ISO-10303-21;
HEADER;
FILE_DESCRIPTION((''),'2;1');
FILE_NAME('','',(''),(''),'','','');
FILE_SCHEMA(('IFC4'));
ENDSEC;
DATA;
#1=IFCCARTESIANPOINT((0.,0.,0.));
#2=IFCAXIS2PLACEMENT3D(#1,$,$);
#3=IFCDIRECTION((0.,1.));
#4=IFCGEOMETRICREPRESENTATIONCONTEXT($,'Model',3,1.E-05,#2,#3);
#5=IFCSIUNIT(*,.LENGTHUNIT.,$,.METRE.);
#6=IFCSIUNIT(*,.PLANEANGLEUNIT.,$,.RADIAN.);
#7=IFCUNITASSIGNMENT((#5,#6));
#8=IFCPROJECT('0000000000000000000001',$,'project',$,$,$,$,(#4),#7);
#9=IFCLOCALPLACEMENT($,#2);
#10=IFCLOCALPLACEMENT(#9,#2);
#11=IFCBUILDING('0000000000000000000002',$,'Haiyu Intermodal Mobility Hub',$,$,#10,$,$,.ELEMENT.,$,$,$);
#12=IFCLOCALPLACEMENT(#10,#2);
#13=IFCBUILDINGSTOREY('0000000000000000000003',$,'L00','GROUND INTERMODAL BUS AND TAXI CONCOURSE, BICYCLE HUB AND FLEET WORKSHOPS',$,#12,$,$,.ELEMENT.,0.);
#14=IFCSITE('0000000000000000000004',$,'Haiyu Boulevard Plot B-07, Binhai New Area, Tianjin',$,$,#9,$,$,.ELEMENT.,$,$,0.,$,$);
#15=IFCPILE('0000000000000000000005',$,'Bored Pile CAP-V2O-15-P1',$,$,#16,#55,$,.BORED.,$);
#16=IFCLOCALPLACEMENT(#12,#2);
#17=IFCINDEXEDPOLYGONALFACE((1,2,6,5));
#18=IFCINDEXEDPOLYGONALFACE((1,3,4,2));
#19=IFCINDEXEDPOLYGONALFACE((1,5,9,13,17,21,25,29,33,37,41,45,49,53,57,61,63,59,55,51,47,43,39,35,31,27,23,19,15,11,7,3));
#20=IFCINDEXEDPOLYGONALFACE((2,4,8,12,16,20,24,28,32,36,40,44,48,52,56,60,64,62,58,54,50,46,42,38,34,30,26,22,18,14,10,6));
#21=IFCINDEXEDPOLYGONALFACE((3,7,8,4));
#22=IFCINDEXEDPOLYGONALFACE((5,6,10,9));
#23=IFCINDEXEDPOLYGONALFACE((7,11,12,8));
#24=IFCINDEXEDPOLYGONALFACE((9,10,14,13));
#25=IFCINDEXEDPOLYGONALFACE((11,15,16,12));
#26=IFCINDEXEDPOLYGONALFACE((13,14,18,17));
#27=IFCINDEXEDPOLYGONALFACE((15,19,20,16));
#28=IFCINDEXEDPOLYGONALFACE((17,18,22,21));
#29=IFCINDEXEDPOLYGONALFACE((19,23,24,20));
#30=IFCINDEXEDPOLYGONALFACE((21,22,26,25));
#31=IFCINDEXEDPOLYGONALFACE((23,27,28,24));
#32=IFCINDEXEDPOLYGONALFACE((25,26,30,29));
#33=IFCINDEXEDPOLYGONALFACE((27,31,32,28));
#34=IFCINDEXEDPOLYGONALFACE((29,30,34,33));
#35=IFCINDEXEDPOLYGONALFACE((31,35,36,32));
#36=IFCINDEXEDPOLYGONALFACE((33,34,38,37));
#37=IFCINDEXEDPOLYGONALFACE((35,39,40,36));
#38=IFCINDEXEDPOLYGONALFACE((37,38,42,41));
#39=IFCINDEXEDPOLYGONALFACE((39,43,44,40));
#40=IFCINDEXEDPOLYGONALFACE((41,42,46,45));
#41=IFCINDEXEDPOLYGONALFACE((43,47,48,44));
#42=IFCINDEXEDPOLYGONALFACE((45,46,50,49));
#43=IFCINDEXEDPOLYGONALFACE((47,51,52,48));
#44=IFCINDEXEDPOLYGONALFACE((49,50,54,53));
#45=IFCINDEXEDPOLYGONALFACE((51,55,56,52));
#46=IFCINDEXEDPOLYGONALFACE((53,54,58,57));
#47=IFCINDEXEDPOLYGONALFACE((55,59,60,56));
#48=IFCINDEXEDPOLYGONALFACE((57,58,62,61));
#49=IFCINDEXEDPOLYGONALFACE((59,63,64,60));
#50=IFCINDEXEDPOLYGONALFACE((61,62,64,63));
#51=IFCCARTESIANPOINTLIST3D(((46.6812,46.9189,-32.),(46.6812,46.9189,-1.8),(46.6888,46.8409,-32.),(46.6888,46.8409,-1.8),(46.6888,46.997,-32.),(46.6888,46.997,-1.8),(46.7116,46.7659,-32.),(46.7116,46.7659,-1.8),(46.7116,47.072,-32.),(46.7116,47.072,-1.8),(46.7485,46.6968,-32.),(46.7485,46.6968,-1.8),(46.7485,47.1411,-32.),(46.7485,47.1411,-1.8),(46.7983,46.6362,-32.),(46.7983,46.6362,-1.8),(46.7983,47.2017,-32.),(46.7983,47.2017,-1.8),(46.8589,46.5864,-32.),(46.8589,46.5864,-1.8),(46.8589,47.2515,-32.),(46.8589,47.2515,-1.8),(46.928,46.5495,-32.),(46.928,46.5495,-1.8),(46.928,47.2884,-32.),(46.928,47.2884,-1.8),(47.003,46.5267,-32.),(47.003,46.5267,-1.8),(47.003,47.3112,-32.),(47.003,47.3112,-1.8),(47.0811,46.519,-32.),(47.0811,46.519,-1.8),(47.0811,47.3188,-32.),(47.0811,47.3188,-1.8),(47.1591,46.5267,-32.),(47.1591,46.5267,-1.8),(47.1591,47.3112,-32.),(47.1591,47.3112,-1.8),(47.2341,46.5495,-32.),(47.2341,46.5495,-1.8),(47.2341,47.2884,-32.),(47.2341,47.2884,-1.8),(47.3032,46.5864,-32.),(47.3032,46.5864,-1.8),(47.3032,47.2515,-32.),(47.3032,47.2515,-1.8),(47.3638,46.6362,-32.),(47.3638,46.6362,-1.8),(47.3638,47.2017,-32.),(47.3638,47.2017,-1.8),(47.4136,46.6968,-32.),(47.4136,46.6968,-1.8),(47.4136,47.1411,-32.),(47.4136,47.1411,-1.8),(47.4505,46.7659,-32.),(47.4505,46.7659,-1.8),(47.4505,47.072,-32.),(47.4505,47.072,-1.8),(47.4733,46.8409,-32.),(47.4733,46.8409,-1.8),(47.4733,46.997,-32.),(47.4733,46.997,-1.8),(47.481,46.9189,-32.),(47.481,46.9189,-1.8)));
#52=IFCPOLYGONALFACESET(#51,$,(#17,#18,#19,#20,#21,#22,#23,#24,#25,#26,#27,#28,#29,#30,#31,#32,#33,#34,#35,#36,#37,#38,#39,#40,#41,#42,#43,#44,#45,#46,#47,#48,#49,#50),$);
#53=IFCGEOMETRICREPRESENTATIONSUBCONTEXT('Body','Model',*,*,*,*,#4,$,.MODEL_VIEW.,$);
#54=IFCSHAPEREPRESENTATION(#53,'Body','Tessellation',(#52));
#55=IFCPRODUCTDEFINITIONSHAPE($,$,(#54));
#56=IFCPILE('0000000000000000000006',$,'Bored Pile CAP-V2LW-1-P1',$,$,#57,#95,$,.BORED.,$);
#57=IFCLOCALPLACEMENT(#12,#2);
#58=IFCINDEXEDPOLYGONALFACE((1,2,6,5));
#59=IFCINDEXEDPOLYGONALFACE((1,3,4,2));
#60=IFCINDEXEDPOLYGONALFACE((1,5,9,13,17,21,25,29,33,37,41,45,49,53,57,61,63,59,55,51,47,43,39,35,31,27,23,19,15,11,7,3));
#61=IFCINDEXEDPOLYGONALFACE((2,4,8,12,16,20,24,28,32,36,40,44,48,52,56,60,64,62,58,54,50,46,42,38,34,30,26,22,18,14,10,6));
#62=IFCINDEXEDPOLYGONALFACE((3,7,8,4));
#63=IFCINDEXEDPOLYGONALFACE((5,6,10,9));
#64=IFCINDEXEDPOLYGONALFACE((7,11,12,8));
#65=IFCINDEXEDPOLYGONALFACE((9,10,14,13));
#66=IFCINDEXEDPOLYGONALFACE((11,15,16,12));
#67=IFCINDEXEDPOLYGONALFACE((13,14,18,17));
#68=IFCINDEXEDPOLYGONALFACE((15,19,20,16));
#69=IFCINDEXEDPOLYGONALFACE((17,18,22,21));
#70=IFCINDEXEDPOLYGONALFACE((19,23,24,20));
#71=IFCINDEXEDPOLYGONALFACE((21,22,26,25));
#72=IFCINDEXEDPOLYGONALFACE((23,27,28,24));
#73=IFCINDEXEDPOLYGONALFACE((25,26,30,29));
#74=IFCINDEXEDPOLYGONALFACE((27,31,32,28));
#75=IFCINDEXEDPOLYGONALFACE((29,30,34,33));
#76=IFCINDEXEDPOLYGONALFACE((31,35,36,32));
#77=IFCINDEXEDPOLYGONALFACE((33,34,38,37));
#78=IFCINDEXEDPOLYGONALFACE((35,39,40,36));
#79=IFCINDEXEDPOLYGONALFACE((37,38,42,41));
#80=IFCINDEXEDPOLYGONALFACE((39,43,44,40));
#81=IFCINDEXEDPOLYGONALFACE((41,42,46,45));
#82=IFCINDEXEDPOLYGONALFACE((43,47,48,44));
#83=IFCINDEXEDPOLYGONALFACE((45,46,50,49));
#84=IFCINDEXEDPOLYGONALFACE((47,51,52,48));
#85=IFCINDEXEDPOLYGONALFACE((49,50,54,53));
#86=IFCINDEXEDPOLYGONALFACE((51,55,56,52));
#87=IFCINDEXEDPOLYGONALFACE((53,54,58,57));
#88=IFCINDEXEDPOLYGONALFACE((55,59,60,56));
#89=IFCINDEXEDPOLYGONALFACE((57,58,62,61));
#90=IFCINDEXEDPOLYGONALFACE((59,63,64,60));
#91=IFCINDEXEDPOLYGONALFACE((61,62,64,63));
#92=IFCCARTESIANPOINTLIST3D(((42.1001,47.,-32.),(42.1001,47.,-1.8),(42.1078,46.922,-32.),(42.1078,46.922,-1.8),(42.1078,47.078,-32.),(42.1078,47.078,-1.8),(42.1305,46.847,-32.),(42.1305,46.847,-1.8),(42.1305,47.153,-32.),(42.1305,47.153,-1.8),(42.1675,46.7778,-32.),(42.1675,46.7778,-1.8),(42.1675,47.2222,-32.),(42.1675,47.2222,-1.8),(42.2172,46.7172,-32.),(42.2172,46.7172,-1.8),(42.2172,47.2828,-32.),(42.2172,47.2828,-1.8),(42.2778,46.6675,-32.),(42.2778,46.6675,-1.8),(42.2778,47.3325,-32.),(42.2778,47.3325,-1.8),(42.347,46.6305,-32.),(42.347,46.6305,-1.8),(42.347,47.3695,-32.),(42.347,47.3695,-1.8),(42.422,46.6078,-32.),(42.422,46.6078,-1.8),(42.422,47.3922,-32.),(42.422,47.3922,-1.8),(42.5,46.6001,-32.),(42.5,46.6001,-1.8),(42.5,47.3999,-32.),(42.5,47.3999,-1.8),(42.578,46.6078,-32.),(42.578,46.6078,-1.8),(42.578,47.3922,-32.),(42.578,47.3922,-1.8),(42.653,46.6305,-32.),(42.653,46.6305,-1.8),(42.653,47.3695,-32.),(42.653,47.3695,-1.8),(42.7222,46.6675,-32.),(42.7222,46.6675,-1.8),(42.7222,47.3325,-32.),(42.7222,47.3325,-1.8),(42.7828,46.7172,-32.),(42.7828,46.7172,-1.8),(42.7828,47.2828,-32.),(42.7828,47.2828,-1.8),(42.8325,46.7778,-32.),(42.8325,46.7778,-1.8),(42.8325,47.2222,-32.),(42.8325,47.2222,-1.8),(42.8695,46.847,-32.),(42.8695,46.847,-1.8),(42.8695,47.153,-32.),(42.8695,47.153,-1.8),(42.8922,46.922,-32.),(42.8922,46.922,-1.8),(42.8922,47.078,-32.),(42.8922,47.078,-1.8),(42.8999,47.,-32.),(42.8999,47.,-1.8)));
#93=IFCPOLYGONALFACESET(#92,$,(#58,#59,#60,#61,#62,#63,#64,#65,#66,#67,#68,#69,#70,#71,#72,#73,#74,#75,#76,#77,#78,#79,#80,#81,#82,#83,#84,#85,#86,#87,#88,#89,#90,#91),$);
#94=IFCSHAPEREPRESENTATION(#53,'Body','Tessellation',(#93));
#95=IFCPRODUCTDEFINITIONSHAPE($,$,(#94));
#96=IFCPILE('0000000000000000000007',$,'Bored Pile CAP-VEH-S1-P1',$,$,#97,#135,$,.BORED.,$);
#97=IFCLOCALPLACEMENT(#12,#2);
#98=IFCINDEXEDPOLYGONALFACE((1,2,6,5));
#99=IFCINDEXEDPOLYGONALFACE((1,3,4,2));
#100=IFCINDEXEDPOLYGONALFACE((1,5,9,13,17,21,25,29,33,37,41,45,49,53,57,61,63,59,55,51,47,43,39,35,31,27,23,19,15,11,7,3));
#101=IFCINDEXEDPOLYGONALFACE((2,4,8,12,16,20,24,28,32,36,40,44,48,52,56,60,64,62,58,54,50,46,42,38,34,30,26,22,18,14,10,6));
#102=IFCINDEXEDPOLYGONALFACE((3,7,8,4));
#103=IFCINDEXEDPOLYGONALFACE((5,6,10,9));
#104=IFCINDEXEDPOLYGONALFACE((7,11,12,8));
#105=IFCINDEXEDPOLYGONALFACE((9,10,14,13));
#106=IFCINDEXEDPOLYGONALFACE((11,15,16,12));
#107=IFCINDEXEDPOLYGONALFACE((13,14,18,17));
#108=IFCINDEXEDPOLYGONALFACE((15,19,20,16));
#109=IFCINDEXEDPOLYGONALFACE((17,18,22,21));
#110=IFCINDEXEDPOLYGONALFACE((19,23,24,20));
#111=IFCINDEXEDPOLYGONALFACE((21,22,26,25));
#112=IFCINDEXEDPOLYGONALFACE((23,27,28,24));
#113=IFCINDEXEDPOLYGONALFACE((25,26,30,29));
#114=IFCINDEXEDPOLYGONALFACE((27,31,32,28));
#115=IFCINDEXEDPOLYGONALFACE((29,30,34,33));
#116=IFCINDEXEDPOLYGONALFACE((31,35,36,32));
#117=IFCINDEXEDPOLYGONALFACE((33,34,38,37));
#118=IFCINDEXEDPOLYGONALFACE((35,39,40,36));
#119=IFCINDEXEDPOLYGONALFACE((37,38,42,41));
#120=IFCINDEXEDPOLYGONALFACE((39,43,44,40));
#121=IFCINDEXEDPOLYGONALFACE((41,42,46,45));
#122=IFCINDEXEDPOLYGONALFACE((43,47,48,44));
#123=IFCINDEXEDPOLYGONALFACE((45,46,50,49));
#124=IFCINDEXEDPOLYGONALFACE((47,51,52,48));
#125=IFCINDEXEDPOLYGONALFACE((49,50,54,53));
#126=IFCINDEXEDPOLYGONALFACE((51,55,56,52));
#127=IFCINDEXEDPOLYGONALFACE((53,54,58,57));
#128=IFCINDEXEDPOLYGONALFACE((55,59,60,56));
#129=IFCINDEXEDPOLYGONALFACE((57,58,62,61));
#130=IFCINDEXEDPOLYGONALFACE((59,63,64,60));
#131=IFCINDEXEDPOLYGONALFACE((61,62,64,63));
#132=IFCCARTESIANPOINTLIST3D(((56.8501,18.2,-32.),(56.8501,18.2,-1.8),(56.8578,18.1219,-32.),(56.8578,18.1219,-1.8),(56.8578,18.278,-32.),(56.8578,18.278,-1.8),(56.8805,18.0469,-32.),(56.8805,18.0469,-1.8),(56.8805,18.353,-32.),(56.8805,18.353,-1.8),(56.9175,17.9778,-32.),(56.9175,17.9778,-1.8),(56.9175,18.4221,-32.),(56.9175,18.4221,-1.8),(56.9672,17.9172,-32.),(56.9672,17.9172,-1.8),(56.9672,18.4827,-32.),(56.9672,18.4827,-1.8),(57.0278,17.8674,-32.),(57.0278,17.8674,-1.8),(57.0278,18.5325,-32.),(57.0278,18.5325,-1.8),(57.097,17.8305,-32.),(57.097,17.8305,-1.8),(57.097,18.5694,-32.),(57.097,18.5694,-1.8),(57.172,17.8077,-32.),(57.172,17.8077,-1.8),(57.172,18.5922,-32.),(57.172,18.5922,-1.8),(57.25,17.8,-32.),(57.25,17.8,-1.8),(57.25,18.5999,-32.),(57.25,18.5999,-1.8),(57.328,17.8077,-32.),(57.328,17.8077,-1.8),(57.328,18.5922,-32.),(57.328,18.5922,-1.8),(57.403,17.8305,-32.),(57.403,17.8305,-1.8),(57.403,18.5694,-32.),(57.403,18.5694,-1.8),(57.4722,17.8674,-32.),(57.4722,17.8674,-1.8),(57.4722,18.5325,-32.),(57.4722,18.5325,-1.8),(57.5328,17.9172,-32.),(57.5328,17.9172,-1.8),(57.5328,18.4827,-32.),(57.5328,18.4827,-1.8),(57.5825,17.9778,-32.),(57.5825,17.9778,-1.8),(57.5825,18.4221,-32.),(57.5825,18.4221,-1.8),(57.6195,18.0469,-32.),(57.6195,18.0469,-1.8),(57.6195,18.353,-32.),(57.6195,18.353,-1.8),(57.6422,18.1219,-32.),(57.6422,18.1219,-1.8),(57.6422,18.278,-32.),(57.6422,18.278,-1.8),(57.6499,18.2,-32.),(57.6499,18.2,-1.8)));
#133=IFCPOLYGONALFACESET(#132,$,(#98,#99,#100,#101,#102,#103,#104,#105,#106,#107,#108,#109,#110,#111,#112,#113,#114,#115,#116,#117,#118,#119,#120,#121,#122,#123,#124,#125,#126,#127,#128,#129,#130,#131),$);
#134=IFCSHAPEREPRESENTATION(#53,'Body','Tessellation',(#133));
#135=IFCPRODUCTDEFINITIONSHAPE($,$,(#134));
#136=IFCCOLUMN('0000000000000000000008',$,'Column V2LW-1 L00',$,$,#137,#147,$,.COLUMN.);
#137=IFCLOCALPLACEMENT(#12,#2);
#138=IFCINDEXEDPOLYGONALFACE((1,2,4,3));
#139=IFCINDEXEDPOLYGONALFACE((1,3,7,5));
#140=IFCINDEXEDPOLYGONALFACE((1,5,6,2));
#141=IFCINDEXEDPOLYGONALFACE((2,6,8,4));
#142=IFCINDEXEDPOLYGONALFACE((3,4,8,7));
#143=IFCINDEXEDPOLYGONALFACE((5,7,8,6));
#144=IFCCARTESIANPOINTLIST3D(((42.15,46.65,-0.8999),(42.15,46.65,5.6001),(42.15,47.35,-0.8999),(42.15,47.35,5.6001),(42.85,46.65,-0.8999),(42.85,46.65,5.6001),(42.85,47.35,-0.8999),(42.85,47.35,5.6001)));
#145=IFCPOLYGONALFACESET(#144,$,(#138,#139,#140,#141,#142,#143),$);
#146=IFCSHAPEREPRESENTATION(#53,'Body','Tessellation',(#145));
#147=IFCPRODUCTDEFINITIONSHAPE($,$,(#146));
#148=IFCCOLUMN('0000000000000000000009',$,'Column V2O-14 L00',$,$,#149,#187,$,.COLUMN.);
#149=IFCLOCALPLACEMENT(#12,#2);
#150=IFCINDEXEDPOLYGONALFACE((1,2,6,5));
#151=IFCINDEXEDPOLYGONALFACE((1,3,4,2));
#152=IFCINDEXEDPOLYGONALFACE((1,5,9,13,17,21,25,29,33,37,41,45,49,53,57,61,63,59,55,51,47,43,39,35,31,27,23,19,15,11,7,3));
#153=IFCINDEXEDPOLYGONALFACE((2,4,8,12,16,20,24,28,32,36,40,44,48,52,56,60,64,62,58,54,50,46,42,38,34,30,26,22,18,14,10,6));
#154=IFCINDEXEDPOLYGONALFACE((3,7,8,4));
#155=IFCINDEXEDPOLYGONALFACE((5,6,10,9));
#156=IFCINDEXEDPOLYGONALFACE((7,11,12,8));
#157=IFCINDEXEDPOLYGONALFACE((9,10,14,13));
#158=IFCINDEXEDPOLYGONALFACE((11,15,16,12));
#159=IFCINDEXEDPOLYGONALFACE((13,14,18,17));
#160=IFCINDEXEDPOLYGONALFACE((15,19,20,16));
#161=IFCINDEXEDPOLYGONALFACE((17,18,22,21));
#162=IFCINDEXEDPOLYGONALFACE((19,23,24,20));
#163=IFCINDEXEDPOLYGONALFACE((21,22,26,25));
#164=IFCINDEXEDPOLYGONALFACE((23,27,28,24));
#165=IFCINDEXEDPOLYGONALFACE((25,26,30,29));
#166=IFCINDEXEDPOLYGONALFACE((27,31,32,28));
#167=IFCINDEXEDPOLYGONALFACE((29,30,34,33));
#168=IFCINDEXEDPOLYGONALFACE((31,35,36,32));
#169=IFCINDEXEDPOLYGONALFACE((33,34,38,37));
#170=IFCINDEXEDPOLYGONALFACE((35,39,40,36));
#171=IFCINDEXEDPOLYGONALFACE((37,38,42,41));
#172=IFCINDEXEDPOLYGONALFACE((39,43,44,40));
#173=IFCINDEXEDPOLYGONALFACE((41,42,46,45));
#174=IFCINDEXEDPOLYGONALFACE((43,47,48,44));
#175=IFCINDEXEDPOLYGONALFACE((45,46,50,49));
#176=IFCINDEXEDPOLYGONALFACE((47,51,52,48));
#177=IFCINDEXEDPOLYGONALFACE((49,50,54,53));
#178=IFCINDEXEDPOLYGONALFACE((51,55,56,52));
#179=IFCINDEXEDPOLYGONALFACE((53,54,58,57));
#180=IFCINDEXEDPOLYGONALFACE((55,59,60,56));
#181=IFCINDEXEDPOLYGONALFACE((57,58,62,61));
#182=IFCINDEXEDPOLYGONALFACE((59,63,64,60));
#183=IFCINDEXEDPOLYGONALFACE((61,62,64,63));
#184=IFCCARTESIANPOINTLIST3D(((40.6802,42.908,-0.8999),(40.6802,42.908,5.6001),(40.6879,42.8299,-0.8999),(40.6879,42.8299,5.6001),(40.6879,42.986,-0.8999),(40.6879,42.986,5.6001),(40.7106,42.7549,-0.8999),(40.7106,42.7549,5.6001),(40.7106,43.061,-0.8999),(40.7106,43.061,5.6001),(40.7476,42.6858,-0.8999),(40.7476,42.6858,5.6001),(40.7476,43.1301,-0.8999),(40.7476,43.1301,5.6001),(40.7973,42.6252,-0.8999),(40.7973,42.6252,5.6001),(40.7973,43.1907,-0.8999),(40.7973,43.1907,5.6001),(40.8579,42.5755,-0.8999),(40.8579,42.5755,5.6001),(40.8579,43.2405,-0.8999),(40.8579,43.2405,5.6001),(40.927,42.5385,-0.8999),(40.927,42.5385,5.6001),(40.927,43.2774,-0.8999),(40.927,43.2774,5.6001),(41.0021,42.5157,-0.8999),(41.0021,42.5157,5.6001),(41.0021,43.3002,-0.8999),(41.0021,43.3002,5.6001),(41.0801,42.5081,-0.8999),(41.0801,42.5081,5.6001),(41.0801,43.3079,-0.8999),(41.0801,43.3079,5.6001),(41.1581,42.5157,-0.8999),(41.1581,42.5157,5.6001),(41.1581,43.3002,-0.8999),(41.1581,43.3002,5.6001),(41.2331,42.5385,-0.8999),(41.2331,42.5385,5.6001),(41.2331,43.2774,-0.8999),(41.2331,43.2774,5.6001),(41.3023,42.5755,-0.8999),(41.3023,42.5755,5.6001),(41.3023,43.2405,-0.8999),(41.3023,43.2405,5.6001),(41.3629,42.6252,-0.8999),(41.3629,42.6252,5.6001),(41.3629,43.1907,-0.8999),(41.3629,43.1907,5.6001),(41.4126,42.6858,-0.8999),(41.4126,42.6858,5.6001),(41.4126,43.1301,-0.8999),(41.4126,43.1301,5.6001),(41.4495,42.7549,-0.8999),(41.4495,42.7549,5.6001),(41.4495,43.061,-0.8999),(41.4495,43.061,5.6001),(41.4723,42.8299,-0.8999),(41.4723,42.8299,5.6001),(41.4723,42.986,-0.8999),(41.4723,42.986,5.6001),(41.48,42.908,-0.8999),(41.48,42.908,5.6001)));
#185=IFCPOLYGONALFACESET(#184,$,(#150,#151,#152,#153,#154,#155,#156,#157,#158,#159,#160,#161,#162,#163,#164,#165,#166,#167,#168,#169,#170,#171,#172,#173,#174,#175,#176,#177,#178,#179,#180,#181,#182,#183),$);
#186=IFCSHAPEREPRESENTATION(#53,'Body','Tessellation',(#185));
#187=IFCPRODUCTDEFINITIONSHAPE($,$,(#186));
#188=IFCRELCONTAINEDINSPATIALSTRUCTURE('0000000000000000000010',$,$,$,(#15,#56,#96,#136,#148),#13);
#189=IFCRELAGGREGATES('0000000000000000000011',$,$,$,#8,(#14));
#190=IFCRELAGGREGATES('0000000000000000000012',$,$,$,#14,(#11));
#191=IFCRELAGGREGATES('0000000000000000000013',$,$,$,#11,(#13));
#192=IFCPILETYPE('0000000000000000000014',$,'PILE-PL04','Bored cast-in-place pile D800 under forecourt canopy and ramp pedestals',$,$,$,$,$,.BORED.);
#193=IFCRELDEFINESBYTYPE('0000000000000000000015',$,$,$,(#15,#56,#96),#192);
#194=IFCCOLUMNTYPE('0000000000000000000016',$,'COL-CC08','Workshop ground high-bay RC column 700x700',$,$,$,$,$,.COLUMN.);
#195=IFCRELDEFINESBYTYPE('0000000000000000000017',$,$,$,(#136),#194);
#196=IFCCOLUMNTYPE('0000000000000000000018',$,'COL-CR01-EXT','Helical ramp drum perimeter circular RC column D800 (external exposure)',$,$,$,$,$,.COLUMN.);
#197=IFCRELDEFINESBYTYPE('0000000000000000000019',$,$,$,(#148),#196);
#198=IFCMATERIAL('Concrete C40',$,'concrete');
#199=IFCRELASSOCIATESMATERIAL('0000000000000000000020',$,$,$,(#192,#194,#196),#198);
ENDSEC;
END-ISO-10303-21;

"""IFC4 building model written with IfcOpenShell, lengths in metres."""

from ifc_helpers import new_model, si_unit, direction, frame, origin, origin_2d, place, context, subcontext, project, spatial, rectangle, circle, extrude, material, material_profile, profile_set, type_object, element, save


model = new_model("IFC4")

# Units and contexts
model_context = context("Model", 3, precision=1e-05, world=origin(), true_north=direction((0.0, 1.0)))
body_context = subcontext(model_context, "Body", "Model", "MODEL_VIEW")
ifc_project = project(units=[si_unit("LENGTHUNIT", "METRE"), si_unit("PLANEANGLEUNIT", "RADIAN")], contexts=[model_context])

# Site, building, storey
site_placement = place(None, origin())
site = spatial("IfcSite", under=ifc_project, at=site_placement, Name="Haiyu Boulevard Plot B-07, Binhai New Area, Tianjin", CompositionType="ELEMENT", RefElevation=0.0)
building_placement = place(site_placement, origin())
building = spatial("IfcBuilding", under=site, at=building_placement, Name="Haiyu Intermodal Mobility Hub", CompositionType="ELEMENT")
storey_placement = place(building_placement, origin())
storey = spatial("IfcBuildingStorey", under=building, at=storey_placement, Name="L00", Description="GROUND INTERMODAL BUS AND TAXI CONCOURSE, BICYCLE HUB AND FLEET WORKSHOPS", CompositionType="ELEMENT", Elevation=0.0)

# Shared definitions
ifc_material_1 = material(Name="Concrete C40", Category="concrete")

# Piles
ifc_material_profile_1 = material_profile(ifc_material_1, circle(Radius=0.3999, at=origin_2d()), Name="PILE-D800")
ifc_profile_set_1 = profile_set([ifc_material_profile_1], Name="Concrete C40")
pile_type_1 = type_object("IfcPileType", Name="PILE-PL04", Description="Bored cast-in-place pile D800 under forecourt canopy and ramp pedestals", PredefinedType="BORED", material=ifc_profile_set_1)
for number, where, z_axis, x_axis, name in (
    (1, (47.0811, 46.9189, -1.8), (0.0, 0.0, -1.0), (1.0, 0.0, 0.0), "Bored Pile CAP-V2O-15-P1"),
    (2, (42.5, 47.0, -1.8), (0.0, 0.0, -1.0), (1.0, 0.0, 0.0), "Bored Pile CAP-V2LW-1-P1"),
    (3, (57.25, 18.2, -1.8), (0.0, 0.0, -1.0), (1.0, 0.0, 0.0), "Bored Pile CAP-VEH-S1-P1"),
):
    element("IfcPile", number, at=place(storey_placement, frame(where, z_axis=z_axis, x_axis=x_axis)), inside=storey, type_object=pile_type_1, Name=name, PredefinedType="BORED", context=body_context, shape_type="SweptSolid", body=[
        extrude(circle(Radius=0.3999, at=origin_2d()), origin(), (0.0, 0.0, 1.0), 30.2),
    ])

# Columns
ifc_material_profile_2 = material_profile(ifc_material_1, rectangle(XDim=0.7, YDim=0.7, at=origin_2d()), Name="RC700x700")
ifc_profile_set_2 = profile_set([ifc_material_profile_2], Name="Concrete C40")
column_type_1 = type_object("IfcColumnType", Name="COL-CC08", Description="Workshop ground high-bay RC column 700x700", PredefinedType="COLUMN", material=ifc_profile_set_2)
column_1_placement = place(storey_placement, frame((42.5, 47.0, -0.8999), z_axis=(0.0, 0.0, 1.0), x_axis=(1.0, 0.0, 0.0)))
element("IfcColumn", 4, at=column_1_placement, inside=storey, type_object=column_type_1, Name="Column V2LW-1 L00", PredefinedType="COLUMN", context=body_context, shape_type="SweptSolid", body=[
    extrude(rectangle(XDim=0.7, YDim=0.7, at=origin_2d()), origin(), (0.0, 0.0, 1.0), 6.5),
])
ifc_material_profile_3 = material_profile(ifc_material_1, circle(Radius=0.3999, at=origin_2d()), Name="RCCOL-D800")
ifc_profile_set_3 = profile_set([ifc_material_profile_3], Name="Concrete C40")
column_type_2 = type_object("IfcColumnType", Name="COL-CR01-EXT", Description="Helical ramp drum perimeter circular RC column D800 (external exposure)", PredefinedType="COLUMN", material=ifc_profile_set_3)
for number, where, z_axis, x_axis, name in (
    (5, (41.0801, 42.908, -0.8999), (0.0, 0.0, 1.0), (1.0, 0.0, 0.0), "Column V2O-14 L00"),
):
    element("IfcColumn", number, at=place(storey_placement, frame(where, z_axis=z_axis, x_axis=x_axis)), inside=storey, type_object=column_type_2, Name=name, PredefinedType="COLUMN", context=body_context, shape_type="SweptSolid", body=[
        extrude(circle(Radius=0.3999, at=origin_2d()), origin(), (0.0, 0.0, 1.0), 6.5),
    ])

save(model, "model.ifc")
